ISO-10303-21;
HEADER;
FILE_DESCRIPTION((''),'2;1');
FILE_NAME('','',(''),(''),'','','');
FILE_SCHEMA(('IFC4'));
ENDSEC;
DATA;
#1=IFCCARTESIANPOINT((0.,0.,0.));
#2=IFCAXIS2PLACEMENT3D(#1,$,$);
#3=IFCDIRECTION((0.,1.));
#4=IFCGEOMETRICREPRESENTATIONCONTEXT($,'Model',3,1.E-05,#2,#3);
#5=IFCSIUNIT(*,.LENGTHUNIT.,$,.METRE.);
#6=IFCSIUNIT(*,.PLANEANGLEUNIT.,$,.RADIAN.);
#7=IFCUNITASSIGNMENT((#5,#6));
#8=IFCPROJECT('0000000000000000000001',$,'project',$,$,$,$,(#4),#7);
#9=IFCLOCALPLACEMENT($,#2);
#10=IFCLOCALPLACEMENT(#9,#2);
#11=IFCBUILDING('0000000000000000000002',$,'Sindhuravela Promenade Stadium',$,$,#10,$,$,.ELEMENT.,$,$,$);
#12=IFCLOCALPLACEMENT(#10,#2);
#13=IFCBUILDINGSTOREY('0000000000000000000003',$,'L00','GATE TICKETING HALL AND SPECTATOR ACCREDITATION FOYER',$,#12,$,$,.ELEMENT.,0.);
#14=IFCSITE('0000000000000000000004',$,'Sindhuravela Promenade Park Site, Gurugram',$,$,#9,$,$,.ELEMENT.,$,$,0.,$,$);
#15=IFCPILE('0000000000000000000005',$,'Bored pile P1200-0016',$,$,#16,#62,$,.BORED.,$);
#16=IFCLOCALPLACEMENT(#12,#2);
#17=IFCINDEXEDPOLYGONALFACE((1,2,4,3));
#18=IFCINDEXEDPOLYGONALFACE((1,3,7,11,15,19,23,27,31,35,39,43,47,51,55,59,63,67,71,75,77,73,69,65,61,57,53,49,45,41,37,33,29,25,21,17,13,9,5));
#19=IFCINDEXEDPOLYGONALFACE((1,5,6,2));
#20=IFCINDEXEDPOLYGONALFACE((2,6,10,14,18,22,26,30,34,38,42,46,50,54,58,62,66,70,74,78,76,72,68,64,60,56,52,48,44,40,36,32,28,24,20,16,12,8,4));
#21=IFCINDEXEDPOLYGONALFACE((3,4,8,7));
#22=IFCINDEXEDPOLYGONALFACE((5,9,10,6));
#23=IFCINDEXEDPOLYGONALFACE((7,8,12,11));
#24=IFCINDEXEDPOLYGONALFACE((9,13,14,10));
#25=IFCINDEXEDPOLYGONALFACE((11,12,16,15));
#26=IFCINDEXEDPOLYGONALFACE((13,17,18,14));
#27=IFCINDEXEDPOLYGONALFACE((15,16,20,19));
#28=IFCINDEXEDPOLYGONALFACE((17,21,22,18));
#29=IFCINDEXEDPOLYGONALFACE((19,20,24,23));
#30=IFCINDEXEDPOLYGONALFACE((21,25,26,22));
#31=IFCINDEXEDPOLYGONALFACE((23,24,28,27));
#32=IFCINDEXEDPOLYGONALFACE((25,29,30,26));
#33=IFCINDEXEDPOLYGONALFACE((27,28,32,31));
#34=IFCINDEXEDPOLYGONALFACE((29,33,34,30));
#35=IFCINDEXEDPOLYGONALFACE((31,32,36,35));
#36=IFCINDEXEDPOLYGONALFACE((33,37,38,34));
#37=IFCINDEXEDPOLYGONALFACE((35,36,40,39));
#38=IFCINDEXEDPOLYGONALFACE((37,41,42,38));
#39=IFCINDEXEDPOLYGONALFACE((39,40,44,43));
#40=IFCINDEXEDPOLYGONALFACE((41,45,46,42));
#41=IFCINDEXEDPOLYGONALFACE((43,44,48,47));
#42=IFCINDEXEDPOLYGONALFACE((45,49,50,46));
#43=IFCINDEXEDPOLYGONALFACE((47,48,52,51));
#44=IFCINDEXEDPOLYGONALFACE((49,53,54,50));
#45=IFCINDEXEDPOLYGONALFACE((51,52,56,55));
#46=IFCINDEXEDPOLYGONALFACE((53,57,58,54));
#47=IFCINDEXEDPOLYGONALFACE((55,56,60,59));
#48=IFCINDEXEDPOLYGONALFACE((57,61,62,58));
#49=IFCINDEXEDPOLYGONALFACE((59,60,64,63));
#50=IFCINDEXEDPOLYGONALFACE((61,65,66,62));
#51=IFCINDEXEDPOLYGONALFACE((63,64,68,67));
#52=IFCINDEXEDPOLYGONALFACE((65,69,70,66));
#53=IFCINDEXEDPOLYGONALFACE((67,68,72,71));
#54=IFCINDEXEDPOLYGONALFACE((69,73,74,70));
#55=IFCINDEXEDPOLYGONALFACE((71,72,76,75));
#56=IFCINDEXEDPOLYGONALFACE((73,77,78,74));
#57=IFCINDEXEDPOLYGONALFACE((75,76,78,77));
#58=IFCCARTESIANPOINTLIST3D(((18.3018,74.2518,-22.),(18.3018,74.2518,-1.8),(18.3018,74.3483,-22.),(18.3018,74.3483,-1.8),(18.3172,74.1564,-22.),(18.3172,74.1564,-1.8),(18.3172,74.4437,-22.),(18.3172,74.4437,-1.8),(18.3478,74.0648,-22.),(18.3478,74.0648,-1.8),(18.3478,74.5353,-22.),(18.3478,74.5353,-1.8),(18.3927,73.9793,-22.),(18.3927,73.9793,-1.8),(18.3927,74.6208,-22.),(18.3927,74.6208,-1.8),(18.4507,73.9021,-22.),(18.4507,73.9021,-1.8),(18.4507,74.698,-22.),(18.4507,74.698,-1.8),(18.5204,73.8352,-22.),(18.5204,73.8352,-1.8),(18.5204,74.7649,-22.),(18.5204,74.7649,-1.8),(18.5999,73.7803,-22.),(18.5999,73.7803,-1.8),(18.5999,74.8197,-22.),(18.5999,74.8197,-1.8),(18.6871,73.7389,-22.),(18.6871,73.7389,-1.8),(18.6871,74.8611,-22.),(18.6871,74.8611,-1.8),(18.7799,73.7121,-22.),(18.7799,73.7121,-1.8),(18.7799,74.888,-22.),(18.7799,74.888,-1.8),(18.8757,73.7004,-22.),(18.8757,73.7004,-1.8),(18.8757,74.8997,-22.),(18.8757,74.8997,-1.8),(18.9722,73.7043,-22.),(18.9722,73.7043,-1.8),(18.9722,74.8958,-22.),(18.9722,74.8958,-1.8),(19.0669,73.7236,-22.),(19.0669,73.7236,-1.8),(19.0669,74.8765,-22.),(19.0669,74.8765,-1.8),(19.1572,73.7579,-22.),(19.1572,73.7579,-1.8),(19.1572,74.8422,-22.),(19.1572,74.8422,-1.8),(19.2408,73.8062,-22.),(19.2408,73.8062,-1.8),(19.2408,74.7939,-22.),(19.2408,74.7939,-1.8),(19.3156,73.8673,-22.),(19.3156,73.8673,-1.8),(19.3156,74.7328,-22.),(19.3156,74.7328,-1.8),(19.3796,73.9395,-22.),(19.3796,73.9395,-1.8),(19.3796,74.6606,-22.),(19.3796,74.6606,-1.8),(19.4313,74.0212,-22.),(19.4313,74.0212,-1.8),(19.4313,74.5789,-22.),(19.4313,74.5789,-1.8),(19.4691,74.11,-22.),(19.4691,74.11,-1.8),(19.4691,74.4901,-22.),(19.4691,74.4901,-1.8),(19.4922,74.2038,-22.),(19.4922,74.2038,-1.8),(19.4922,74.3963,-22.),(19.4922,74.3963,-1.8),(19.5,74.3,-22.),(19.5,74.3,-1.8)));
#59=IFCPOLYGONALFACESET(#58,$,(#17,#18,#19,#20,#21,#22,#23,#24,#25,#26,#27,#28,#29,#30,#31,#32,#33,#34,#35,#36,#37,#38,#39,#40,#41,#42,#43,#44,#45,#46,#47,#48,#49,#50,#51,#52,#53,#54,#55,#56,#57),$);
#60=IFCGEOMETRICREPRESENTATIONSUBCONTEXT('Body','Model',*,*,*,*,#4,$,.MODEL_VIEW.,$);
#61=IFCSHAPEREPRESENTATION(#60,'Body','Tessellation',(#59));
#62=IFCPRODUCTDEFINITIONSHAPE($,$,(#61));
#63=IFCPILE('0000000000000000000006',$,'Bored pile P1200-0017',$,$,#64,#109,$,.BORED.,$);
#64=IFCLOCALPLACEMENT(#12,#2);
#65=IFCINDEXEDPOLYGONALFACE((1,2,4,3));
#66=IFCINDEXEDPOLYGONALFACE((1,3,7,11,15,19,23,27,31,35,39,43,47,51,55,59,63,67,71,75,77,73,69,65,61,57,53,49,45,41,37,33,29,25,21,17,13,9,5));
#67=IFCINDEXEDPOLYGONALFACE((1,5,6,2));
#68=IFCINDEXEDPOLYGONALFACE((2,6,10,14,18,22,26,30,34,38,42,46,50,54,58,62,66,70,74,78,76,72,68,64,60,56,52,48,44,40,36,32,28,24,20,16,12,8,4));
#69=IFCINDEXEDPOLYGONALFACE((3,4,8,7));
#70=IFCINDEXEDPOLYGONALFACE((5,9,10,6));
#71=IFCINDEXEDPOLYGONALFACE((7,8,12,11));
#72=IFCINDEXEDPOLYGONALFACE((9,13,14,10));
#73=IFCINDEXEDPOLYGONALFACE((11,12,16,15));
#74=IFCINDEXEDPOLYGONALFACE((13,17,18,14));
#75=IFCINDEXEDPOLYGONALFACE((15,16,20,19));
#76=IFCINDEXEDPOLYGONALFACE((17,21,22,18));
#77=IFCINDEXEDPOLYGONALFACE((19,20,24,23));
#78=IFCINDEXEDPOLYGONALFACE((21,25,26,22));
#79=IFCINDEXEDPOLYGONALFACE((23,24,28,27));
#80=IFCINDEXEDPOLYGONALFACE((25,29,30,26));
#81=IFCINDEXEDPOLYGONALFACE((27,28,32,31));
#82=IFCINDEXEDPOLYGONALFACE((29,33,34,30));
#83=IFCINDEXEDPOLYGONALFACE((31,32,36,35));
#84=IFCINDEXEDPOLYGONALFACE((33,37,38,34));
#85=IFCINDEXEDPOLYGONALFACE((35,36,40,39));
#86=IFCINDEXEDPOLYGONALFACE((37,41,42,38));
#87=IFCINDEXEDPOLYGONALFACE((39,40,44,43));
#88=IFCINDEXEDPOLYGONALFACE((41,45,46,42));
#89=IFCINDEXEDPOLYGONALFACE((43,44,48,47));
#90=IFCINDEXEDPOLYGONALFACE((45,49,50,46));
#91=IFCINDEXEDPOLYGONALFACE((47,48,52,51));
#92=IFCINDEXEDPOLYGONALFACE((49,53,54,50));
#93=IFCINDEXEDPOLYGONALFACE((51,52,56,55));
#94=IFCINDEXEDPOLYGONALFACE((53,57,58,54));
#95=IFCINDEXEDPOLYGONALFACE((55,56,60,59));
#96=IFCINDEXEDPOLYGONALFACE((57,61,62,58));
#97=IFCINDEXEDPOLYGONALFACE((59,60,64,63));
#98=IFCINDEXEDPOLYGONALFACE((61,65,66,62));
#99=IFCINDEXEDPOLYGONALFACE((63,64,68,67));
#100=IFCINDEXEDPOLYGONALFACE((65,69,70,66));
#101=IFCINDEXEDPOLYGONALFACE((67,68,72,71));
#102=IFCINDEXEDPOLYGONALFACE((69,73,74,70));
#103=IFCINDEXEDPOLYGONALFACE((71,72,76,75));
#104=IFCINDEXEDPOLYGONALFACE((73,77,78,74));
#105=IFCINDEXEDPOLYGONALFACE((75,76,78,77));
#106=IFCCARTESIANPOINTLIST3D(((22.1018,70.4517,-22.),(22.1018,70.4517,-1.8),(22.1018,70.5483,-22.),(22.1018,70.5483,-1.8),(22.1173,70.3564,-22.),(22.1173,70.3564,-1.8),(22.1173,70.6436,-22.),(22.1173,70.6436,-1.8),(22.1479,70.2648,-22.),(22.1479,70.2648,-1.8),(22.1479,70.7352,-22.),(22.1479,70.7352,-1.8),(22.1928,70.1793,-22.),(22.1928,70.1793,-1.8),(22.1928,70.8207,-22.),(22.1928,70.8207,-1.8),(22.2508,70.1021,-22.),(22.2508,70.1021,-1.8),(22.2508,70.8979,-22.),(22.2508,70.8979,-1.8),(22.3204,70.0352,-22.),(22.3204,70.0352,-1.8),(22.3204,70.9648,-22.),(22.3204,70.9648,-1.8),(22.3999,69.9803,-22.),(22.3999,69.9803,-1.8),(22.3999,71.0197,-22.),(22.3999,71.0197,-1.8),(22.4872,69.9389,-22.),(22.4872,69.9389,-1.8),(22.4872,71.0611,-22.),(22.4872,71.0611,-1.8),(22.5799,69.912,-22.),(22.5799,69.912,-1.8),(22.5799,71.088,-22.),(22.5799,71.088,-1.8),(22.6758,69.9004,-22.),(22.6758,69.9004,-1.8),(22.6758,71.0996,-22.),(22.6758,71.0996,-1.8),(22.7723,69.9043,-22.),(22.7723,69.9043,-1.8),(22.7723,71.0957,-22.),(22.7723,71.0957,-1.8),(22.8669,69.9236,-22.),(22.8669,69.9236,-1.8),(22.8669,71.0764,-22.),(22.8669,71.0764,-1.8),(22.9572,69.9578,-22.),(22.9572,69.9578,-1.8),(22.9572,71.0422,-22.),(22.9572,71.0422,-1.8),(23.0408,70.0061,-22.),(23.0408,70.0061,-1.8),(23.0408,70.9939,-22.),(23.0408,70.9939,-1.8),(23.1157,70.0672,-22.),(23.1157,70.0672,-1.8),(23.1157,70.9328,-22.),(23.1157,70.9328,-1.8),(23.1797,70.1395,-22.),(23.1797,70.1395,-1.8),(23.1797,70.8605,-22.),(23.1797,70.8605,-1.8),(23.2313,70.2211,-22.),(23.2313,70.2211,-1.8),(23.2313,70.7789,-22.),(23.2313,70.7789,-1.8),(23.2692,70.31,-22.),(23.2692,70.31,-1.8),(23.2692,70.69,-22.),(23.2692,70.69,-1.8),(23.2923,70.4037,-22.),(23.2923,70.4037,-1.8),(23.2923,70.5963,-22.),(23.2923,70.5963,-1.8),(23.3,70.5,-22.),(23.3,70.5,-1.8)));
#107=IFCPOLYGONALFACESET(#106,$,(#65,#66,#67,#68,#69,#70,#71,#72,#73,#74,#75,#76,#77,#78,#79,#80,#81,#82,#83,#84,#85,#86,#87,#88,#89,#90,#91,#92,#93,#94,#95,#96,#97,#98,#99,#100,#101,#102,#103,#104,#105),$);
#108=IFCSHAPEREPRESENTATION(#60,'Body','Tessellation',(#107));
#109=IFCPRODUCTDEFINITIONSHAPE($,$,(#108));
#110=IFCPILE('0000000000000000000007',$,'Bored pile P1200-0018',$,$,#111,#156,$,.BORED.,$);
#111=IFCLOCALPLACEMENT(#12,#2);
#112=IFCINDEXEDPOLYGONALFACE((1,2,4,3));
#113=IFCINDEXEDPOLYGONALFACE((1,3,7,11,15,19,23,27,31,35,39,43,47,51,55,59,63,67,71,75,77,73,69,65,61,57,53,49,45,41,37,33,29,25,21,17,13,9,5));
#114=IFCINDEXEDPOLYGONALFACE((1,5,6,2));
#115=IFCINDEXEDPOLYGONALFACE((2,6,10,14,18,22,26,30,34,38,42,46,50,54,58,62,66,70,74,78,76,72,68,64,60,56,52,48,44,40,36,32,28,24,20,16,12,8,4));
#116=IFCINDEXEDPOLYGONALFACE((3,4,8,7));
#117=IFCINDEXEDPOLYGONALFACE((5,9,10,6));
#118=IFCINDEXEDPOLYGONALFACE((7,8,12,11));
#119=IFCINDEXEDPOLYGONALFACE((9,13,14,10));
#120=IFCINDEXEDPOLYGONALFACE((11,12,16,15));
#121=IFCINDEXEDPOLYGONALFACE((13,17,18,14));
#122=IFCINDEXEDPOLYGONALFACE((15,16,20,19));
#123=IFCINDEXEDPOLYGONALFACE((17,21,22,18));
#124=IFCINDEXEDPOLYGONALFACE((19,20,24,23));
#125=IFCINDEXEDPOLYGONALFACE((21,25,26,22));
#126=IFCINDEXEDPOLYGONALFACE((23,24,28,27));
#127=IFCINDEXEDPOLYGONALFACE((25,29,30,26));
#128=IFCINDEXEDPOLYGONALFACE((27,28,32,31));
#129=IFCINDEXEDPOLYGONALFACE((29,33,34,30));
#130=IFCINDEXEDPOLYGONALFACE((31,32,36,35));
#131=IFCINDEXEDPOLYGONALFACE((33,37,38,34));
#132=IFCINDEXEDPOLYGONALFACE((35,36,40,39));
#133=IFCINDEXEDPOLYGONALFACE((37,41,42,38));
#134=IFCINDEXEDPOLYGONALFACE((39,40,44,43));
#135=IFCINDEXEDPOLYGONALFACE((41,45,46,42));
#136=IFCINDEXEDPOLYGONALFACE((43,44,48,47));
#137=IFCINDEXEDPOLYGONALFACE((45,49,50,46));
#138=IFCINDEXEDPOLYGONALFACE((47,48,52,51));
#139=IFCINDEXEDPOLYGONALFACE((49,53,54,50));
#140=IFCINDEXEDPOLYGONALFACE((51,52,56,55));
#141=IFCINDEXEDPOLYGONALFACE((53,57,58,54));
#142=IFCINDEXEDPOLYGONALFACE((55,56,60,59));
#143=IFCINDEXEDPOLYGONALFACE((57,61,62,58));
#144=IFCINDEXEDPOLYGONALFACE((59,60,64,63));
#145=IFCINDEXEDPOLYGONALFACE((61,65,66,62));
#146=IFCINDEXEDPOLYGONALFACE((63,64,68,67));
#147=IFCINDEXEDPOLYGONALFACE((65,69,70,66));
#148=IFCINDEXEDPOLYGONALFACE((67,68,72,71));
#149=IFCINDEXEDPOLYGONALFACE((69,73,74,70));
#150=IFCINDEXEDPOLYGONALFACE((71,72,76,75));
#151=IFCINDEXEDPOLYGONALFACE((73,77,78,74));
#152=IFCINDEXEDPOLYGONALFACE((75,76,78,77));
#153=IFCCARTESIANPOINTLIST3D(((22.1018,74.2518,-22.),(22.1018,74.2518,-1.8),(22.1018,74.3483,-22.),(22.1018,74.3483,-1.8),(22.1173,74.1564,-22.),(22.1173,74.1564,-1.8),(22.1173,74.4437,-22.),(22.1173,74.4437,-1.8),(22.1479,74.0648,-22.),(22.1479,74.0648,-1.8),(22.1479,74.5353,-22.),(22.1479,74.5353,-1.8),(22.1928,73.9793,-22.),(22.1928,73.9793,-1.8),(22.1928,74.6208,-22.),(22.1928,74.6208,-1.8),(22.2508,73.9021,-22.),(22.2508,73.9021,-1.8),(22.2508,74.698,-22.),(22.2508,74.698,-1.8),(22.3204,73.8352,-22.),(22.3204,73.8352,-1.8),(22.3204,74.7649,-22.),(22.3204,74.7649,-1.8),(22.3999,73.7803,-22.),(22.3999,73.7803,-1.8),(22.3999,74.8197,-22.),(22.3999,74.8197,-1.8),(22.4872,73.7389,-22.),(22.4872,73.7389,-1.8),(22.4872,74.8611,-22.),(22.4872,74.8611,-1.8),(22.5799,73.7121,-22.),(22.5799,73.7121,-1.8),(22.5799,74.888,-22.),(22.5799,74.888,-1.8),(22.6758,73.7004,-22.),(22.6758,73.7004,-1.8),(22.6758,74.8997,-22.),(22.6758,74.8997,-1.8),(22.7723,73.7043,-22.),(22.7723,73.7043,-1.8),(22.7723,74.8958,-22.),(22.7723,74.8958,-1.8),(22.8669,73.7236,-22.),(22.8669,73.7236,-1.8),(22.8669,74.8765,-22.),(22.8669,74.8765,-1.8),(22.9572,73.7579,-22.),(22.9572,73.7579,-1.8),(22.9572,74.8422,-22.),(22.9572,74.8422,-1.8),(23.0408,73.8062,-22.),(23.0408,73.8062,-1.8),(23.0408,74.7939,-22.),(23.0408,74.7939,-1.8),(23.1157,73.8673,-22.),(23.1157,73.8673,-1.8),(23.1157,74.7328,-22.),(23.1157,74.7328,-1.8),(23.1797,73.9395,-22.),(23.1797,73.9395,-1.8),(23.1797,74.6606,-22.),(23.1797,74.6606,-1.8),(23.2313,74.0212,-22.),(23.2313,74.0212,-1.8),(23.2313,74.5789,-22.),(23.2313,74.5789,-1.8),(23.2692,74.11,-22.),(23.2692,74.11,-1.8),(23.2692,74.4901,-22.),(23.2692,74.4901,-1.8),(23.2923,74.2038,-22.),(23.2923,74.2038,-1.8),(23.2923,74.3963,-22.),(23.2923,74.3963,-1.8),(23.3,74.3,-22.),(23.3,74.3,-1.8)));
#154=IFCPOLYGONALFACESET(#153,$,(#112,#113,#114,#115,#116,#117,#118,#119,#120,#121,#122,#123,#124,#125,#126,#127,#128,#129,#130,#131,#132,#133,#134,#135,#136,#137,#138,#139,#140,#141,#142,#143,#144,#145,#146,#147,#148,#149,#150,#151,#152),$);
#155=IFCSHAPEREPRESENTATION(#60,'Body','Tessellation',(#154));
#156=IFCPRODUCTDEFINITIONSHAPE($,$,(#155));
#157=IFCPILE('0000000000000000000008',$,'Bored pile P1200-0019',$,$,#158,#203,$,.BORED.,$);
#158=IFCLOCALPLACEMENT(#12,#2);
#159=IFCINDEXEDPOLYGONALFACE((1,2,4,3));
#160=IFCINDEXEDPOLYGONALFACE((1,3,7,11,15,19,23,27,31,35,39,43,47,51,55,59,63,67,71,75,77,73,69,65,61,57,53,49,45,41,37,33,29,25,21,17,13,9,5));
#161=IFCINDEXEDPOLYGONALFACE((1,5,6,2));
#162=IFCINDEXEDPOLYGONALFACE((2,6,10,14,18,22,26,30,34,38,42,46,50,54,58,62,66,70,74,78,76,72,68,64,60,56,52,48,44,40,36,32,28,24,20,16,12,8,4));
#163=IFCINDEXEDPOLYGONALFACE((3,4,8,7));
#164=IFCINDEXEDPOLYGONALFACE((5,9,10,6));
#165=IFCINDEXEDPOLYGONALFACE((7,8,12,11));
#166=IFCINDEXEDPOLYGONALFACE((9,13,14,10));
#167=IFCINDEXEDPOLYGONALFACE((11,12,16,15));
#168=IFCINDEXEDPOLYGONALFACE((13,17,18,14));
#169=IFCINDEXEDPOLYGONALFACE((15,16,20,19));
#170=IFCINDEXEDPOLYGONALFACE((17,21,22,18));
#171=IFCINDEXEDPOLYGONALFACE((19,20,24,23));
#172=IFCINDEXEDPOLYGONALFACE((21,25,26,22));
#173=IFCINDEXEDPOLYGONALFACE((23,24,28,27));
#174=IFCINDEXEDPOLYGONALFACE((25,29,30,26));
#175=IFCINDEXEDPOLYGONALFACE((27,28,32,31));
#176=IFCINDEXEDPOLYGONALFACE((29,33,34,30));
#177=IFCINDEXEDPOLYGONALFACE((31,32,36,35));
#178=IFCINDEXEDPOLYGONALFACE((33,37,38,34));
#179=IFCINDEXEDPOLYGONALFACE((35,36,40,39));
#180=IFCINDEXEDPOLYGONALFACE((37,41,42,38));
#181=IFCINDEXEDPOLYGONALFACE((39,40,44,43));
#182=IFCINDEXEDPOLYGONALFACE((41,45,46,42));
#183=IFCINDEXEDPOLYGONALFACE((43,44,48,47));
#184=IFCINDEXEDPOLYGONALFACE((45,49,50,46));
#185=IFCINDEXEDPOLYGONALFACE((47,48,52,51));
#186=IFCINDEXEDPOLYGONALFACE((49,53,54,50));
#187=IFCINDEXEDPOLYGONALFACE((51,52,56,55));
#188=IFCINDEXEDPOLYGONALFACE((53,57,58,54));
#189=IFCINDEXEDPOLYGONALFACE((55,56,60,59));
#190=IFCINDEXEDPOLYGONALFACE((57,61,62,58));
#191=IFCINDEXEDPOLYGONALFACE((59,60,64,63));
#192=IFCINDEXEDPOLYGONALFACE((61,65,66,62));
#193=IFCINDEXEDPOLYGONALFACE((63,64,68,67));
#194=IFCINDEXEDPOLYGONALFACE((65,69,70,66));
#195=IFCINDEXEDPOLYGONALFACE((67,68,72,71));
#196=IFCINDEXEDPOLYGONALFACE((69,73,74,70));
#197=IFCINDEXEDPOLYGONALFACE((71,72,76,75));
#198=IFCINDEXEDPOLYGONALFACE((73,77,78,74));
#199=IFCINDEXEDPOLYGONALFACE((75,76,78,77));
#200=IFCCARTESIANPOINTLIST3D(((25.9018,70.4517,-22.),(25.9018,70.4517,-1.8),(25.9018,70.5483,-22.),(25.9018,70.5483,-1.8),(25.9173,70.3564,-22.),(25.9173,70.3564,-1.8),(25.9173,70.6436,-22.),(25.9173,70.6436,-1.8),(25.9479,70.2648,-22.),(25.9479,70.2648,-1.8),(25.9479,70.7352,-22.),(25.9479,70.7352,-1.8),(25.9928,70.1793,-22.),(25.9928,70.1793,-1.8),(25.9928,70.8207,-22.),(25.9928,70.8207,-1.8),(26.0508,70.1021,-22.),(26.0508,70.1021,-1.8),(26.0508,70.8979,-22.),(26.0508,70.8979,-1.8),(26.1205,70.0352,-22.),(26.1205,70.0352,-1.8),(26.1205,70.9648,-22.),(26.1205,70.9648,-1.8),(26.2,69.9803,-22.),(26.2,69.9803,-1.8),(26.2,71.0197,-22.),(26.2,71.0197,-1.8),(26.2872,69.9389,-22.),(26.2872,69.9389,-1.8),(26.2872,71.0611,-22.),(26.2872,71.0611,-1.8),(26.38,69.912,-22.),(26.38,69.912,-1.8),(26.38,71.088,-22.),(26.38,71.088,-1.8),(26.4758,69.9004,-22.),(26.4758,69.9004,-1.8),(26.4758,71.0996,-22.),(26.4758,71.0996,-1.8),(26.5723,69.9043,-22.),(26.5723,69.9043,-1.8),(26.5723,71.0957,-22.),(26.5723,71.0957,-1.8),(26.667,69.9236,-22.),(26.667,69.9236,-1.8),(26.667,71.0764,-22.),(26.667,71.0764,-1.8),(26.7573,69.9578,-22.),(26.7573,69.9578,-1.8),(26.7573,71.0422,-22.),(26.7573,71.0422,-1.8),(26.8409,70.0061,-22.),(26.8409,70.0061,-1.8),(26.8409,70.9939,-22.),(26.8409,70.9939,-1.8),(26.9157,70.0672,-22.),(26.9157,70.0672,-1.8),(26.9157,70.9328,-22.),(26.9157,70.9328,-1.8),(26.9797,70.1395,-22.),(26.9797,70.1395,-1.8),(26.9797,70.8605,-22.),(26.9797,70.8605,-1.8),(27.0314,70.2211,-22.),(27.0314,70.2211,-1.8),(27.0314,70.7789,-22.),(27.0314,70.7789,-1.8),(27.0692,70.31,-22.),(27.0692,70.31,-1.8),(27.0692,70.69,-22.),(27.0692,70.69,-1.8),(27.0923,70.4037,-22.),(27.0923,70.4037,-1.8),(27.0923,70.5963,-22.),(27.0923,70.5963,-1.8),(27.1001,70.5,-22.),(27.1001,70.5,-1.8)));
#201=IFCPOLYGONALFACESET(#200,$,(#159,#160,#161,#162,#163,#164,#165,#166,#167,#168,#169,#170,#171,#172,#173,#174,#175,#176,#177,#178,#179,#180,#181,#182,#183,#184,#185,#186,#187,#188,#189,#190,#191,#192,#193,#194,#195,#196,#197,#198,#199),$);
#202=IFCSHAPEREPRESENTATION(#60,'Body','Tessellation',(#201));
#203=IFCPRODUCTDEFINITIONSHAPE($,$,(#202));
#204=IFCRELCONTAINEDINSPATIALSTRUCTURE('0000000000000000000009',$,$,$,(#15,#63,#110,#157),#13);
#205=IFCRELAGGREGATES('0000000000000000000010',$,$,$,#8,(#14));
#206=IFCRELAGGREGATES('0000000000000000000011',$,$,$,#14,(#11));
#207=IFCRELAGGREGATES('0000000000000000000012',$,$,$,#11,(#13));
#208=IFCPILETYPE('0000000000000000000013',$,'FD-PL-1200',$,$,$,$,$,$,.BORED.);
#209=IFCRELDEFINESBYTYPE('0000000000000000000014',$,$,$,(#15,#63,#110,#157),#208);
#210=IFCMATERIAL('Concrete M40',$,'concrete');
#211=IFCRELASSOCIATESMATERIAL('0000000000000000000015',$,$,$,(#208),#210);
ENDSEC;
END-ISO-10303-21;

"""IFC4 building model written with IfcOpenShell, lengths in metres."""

from ifc_helpers import new_model, si_unit, direction, frame, origin, origin_2d, place, context, subcontext, project, spatial, circle, extrude, material, material_profile, profile_set, type_object, element, save


model = new_model("IFC4")

# Units and contexts
model_context = context("Model", 3, precision=1e-05, world=origin(), true_north=direction((0.0, 1.0)))
body_context = subcontext(model_context, "Body", "Model", "MODEL_VIEW")
ifc_project = project(units=[si_unit("LENGTHUNIT", "METRE"), si_unit("PLANEANGLEUNIT", "RADIAN")], contexts=[model_context])

# Site, building, storey
site_placement = place(None, origin())
site = spatial("IfcSite", under=ifc_project, at=site_placement, Name="Sindhuravela Promenade Park Site, Gurugram", CompositionType="ELEMENT", RefElevation=0.0)
building_placement = place(site_placement, origin())
building = spatial("IfcBuilding", under=site, at=building_placement, Name="Sindhuravela Promenade Stadium", CompositionType="ELEMENT")
storey_placement = place(building_placement, origin())
storey = spatial("IfcBuildingStorey", under=building, at=storey_placement, Name="L00", Description="GATE TICKETING HALL AND SPECTATOR ACCREDITATION FOYER", CompositionType="ELEMENT", Elevation=0.0)

# Piles
ifc_material_1 = material(Name="Concrete M40", Category="concrete")
ifc_material_profile = material_profile(ifc_material_1, circle(Radius=0.6001, at=origin_2d()), Name="BORED PILE D1200")
ifc_profile_set = profile_set([ifc_material_profile], Name="Concrete M40")
pile_type = type_object("IfcPileType", Name="FD-PL-1200", PredefinedType="BORED", material=ifc_profile_set)
for number, where, z_axis, x_axis, name in (
    (1, (18.8999, 74.3, -1.8), (0.0, 0.0, -1.0), (1.0, 0.0, 0.0), "Bored pile P1200-0016"),
    (2, (22.7, 70.5, -1.8), (0.0, 0.0, -1.0), (1.0, 0.0, 0.0), "Bored pile P1200-0017"),
    (3, (22.7, 74.3, -1.8), (0.0, 0.0, -1.0), (1.0, 0.0, 0.0), "Bored pile P1200-0018"),
    (4, (26.5, 70.5, -1.8), (0.0, 0.0, -1.0), (1.0, 0.0, 0.0), "Bored pile P1200-0019"),
):
    element("IfcPile", number, at=place(storey_placement, frame(where, z_axis=z_axis, x_axis=x_axis)), inside=storey, type_object=pile_type, Name=name, PredefinedType="BORED", context=body_context, shape_type="SweptSolid", body=[
        extrude(circle(Radius=0.6001, at=origin_2d()), origin(), (0.0, 0.0, 1.0), 20.2),
    ])

save(model, "model.ifc")
